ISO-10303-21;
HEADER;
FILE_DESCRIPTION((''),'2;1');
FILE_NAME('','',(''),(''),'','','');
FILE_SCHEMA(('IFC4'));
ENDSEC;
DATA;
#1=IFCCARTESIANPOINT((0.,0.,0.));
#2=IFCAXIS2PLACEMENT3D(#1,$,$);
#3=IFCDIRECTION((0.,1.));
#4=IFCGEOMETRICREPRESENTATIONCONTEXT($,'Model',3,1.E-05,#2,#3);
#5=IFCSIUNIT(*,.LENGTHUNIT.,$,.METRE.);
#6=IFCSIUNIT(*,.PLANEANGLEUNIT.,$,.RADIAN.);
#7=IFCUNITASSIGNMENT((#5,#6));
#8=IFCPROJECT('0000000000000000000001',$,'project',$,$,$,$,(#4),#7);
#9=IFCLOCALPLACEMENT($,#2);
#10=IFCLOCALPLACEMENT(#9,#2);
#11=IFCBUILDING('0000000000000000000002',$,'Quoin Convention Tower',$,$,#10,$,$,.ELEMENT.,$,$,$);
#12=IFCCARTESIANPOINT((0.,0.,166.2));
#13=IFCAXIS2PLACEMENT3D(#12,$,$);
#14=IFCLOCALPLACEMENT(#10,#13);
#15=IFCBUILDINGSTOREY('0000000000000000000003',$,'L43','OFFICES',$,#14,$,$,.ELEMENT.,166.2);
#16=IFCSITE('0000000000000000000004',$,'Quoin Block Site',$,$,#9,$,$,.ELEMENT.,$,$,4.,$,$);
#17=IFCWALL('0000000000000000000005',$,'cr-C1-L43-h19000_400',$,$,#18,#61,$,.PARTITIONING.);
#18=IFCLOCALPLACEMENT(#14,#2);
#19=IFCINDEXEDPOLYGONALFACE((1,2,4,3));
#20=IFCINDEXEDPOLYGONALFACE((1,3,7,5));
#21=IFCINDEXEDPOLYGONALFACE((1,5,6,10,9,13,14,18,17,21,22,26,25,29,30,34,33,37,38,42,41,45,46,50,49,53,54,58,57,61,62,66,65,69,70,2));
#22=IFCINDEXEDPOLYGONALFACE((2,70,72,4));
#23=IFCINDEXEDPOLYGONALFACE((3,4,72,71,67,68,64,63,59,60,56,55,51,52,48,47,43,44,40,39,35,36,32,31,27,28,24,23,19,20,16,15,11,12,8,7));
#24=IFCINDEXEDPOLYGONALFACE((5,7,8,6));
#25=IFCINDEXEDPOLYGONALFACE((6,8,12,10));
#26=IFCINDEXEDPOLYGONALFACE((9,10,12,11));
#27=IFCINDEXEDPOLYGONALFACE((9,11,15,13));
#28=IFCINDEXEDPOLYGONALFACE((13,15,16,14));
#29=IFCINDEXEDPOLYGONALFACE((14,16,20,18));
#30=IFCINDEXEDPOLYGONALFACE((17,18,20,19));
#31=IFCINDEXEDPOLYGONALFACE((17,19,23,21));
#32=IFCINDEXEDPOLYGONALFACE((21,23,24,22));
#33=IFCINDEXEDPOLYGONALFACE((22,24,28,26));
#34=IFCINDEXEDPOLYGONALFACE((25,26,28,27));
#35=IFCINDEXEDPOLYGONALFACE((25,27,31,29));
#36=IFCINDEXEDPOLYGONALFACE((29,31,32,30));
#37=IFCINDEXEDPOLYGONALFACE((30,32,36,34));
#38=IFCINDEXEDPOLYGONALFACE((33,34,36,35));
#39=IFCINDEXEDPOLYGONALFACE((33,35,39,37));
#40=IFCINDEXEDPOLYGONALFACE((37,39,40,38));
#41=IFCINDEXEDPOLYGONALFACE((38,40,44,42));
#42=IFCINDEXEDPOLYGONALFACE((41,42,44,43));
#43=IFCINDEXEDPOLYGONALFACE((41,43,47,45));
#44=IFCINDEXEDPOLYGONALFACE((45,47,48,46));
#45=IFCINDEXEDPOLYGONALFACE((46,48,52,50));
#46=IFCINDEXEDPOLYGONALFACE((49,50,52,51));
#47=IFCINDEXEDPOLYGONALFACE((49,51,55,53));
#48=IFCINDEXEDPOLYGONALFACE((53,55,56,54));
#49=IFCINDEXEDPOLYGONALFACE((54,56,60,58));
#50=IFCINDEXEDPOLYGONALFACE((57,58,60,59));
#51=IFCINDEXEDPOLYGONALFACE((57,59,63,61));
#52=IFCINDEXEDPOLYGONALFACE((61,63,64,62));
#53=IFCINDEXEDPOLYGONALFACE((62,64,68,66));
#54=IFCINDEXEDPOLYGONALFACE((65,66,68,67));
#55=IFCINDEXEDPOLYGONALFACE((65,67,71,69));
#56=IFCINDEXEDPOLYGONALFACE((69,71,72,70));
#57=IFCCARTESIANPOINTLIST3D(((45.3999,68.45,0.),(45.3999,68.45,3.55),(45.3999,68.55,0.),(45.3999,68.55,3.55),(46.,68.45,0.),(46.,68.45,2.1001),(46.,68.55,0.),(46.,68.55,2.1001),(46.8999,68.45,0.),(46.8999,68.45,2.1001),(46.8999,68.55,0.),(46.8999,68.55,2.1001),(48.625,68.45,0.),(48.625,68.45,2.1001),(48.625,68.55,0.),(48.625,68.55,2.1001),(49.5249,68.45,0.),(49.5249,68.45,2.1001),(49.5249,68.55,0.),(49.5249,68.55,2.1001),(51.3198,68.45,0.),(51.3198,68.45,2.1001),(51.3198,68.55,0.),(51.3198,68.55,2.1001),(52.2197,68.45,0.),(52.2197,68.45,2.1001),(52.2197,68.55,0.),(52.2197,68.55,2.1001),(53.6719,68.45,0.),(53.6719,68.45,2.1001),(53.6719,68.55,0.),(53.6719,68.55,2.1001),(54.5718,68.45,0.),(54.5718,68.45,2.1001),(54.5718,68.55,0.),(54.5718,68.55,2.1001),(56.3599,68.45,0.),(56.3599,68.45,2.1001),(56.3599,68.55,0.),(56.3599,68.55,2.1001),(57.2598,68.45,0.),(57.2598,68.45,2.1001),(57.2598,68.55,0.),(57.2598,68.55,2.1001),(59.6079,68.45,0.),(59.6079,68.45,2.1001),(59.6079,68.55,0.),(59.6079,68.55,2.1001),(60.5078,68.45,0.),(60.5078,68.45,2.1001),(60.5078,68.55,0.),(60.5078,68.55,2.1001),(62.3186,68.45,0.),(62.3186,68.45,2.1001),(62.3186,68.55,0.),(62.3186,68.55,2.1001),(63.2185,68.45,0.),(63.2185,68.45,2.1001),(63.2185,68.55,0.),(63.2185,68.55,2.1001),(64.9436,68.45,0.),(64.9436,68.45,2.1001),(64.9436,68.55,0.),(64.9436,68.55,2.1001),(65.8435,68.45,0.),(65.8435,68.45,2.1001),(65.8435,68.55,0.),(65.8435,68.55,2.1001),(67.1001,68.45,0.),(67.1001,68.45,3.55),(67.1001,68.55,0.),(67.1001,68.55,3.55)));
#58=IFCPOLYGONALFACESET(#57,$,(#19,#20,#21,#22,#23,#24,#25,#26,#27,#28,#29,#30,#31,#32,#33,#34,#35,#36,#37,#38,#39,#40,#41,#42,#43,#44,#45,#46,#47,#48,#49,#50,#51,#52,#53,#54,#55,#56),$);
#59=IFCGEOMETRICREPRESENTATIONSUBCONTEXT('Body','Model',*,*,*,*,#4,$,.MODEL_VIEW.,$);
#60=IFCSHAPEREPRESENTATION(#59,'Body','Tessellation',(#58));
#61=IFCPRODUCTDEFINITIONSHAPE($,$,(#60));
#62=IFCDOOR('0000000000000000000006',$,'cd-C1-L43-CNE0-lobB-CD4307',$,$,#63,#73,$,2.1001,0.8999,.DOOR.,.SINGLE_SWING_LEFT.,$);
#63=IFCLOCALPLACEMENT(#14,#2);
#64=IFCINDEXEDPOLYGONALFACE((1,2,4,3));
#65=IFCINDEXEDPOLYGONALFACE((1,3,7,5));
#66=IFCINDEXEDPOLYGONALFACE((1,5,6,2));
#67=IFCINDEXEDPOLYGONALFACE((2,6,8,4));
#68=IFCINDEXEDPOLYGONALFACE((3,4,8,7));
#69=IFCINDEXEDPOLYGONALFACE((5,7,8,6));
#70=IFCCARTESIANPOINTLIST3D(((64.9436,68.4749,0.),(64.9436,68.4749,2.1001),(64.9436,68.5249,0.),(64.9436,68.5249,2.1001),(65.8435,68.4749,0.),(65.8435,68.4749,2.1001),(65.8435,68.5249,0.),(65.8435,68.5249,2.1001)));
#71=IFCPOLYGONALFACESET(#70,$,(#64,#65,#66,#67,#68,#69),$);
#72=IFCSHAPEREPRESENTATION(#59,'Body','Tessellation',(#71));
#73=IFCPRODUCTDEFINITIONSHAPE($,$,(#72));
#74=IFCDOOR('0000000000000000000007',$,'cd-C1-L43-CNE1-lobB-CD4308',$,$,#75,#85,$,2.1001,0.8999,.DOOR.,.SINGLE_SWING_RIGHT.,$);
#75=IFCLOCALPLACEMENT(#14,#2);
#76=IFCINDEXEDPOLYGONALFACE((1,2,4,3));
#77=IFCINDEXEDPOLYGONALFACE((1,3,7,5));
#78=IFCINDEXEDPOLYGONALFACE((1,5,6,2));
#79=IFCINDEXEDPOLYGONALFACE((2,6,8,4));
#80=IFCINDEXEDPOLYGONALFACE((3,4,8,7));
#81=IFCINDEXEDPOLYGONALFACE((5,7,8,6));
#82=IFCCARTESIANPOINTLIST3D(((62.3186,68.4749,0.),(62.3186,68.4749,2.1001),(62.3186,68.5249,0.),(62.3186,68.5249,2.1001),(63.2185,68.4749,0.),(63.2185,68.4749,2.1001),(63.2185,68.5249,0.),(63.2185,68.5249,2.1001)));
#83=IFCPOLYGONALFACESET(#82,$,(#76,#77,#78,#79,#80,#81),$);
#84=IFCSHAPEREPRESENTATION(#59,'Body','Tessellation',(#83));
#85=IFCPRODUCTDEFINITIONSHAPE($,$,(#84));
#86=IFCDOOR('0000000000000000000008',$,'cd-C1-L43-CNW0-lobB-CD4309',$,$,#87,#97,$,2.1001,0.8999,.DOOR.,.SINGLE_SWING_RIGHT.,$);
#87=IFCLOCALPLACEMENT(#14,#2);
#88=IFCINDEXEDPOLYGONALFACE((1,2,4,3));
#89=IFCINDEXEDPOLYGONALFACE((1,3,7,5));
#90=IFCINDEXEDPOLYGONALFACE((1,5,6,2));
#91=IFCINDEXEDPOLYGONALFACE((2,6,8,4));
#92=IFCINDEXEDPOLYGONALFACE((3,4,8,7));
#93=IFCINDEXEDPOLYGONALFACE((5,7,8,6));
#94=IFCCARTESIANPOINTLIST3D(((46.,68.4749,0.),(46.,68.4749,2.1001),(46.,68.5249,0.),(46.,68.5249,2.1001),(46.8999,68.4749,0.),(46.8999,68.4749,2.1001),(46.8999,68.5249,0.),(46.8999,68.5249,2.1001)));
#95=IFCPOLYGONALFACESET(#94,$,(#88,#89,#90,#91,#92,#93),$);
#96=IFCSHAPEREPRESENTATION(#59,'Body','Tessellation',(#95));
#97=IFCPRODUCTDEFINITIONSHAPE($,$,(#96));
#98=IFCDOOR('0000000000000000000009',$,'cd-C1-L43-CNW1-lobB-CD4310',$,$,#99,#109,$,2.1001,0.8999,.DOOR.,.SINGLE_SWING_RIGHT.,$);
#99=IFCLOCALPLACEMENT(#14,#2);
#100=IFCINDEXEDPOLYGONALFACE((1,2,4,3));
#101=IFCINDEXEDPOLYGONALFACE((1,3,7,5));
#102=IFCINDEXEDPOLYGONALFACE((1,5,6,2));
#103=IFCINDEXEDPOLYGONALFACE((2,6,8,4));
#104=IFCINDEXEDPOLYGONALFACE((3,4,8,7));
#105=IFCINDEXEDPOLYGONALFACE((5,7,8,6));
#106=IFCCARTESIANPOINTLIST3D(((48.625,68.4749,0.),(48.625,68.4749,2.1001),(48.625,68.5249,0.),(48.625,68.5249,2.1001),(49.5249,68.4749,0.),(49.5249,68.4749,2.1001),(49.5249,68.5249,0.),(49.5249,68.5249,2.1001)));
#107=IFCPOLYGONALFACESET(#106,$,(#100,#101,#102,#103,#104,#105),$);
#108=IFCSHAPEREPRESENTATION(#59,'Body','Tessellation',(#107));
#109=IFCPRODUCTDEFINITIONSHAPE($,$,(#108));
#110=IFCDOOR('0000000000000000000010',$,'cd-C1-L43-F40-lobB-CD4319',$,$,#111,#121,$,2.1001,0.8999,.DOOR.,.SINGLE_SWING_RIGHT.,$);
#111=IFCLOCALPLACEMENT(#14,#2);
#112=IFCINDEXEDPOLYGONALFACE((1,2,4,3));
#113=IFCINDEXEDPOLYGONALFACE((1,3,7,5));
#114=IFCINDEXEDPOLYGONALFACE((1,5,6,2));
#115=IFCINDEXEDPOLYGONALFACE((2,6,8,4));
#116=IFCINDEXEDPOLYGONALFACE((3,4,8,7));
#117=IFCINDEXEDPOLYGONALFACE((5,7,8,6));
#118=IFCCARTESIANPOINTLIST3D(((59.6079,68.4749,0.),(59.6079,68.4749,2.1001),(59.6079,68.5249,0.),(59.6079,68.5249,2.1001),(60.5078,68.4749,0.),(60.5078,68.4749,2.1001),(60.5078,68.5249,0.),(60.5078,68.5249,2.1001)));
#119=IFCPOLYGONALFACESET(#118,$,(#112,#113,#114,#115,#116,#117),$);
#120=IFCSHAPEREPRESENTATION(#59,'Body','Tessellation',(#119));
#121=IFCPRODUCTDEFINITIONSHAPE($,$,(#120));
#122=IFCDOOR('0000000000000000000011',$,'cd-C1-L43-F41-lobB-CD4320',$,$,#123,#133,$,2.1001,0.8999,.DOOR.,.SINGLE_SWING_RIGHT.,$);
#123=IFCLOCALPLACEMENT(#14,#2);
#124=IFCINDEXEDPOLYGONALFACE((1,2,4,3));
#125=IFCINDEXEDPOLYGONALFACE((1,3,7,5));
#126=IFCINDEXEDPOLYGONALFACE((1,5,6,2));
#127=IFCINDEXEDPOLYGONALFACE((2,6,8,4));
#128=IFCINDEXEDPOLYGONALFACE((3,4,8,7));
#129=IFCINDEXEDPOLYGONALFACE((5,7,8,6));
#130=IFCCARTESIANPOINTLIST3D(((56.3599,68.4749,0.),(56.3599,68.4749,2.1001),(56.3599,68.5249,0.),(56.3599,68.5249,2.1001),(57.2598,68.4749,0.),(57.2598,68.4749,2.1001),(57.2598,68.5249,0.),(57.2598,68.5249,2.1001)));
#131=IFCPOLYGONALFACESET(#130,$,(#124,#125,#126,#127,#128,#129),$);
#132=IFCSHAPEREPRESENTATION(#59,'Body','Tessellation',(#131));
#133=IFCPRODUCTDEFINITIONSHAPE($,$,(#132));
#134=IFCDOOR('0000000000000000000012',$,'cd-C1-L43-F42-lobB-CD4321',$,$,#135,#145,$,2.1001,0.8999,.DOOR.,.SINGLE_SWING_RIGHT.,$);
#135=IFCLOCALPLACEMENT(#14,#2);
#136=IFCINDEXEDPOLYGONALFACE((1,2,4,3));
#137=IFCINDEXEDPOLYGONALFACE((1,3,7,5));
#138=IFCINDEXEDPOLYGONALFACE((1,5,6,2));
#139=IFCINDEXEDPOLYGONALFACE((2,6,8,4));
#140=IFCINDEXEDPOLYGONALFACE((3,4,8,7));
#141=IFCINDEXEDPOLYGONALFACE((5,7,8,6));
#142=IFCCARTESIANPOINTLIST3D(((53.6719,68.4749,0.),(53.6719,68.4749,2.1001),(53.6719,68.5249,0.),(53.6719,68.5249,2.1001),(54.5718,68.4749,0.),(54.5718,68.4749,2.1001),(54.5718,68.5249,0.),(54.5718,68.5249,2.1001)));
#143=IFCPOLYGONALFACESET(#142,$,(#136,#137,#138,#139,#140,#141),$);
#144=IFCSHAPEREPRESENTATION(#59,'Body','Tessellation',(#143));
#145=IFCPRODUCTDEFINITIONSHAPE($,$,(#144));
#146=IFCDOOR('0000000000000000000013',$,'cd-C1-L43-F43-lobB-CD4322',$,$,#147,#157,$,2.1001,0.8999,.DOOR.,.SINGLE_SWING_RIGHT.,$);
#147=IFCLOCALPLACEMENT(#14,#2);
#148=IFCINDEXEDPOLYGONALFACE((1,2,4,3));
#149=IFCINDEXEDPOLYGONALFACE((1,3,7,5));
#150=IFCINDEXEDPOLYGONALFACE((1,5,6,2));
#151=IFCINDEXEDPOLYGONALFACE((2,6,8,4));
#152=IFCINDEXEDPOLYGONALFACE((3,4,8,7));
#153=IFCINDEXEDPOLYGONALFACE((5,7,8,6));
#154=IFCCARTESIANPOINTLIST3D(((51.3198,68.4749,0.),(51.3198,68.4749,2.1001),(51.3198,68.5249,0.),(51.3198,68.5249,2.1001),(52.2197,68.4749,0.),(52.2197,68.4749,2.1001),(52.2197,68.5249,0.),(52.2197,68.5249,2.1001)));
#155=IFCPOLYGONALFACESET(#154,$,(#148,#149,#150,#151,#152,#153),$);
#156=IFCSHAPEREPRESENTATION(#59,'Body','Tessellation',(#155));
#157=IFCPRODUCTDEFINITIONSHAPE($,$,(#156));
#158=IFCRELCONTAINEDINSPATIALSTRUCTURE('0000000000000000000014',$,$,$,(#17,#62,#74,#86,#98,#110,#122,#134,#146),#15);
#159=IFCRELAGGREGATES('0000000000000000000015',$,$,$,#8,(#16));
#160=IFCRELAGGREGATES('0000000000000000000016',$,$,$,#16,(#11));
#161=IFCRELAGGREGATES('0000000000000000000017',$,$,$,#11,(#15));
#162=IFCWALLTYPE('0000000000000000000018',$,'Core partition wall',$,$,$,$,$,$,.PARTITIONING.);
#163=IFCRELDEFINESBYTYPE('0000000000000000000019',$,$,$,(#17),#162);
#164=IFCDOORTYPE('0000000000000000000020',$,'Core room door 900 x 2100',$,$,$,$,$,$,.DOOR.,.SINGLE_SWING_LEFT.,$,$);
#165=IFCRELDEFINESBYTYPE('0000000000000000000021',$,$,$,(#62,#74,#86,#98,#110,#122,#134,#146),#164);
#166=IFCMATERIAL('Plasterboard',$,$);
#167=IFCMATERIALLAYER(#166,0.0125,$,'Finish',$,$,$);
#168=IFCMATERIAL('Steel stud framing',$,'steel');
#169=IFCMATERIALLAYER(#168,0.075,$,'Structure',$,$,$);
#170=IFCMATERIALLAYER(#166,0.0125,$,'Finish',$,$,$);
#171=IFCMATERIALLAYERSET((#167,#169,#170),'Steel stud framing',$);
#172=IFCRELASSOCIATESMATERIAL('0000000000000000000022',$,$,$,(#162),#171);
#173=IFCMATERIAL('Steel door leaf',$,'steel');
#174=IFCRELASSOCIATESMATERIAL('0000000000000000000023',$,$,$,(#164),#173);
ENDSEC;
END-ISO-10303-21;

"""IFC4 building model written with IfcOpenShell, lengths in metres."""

from ifc_helpers import new_model, si_unit, direction, frame, frame_2d, origin, place, context, subcontext, project, spatial, rectangle, extrude, material, layer, layer_set, type_object, element, fill, save


model = new_model("IFC4")

# Units and contexts
model_context = context("Model", 3, precision=1e-05, world=origin(), true_north=direction((0.0, 1.0)))
body_context = subcontext(model_context, "Body", "Model", "MODEL_VIEW")
ifc_project = project(units=[si_unit("LENGTHUNIT", "METRE"), si_unit("PLANEANGLEUNIT", "RADIAN")], contexts=[model_context])

# Site, building, storey
site_placement = place(None, origin())
site = spatial("IfcSite", under=ifc_project, at=site_placement, Name="Quoin Block Site", CompositionType="ELEMENT", RefElevation=4.0)
building_placement = place(site_placement, origin())
building = spatial("IfcBuilding", under=site, at=building_placement, Name="Quoin Convention Tower", CompositionType="ELEMENT")
storey_placement = place(building_placement, frame((0.0, 0.0, 166.2)))
storey = spatial("IfcBuildingStorey", under=building, at=storey_placement, Name="L43", Description="OFFICES", CompositionType="ELEMENT", Elevation=166.2)

# Wall, openings, doors
ifc_material_1 = material(Name="Plasterboard")
ifc_layer_1 = layer(ifc_material_1, 0.0125, Name="Finish")
ifc_material_2 = material(Name="Steel stud framing", Category="steel")
ifc_layer_2 = layer(ifc_material_2, 0.075, Name="Structure")
ifc_layer_3 = layer(ifc_material_1, 0.0125, Name="Finish")
ifc_layer_set_1 = layer_set([ifc_layer_1, ifc_layer_2, ifc_layer_3], Name="Steel stud framing")
wall_type_1 = type_object("IfcWallType", Name="Core partition wall", PredefinedType="PARTITIONING", material=ifc_layer_set_1)
wall_1_placement = place(storey_placement, frame((45.3999, 68.5, 0.0), z_axis=(0.0, 0.0, 1.0), x_axis=(1.0, 0.0, 0.0)))
wall_1 = element("IfcWall", 1, at=wall_1_placement, inside=storey, type_object=wall_type_1, Name="cr-C1-L43-h19000_400", PredefinedType="PARTITIONING", context=body_context, shape_type="SweptSolid", body=[
    extrude(rectangle(XDim=21.7002, YDim=0.1001, at=frame_2d((10.8501, 0.0))), origin(), (0.0, 0.0, 1.0), 3.55),
])
opening_1_placement = place(wall_1_placement, frame((19.5437, 0.0, 0.0)))
opening_1 = element("IfcOpeningElement", 2, at=opening_1_placement, cuts=wall_1, PredefinedType="OPENING", context=body_context, shape_type="SweptSolid", body=[
    extrude(rectangle(XDim=0.8999, YDim=2.1001, at=frame_2d((0.45, 1.05))), frame((0.0, 0.0601, 0.0), z_axis=(0.0, -1.0, 0.0), x_axis=(1.0, 0.0, 0.0)), (0.0, 0.0, 1.0), 0.1201),
])
opening_2_placement = place(wall_1_placement, frame((16.9187, 0.0, 0.0)))
opening_2 = element("IfcOpeningElement", 3, at=opening_2_placement, cuts=wall_1, PredefinedType="OPENING", context=body_context, shape_type="SweptSolid", body=[
    extrude(rectangle(XDim=0.8999, YDim=2.1001, at=frame_2d((0.45, 1.05))), frame((0.0, 0.0601, 0.0), z_axis=(0.0, -1.0, 0.0), x_axis=(1.0, 0.0, 0.0)), (0.0, 0.0, 1.0), 0.1201),
])
opening_3_placement = place(wall_1_placement, frame((0.6001, 0.0, 0.0)))
opening_3 = element("IfcOpeningElement", 4, at=opening_3_placement, cuts=wall_1, PredefinedType="OPENING", context=body_context, shape_type="SweptSolid", body=[
    extrude(rectangle(XDim=0.8999, YDim=2.1001, at=frame_2d((0.45, 1.05))), frame((0.0, 0.0601, 0.0), z_axis=(0.0, -1.0, 0.0), x_axis=(1.0, 0.0, 0.0)), (0.0, 0.0, 1.0), 0.1201),
])
opening_4_placement = place(wall_1_placement, frame((3.2251, 0.0, 0.0)))
opening_4 = element("IfcOpeningElement", 5, at=opening_4_placement, cuts=wall_1, PredefinedType="OPENING", context=body_context, shape_type="SweptSolid", body=[
    extrude(rectangle(XDim=0.8999, YDim=2.1001, at=frame_2d((0.45, 1.05))), frame((0.0, 0.0601, 0.0), z_axis=(0.0, -1.0, 0.0), x_axis=(1.0, 0.0, 0.0)), (0.0, 0.0, 1.0), 0.1201),
])
opening_5_placement = place(wall_1_placement, frame((14.208, 0.0, 0.0)))
opening_5 = element("IfcOpeningElement", 6, at=opening_5_placement, cuts=wall_1, PredefinedType="OPENING", context=body_context, shape_type="SweptSolid", body=[
    extrude(rectangle(XDim=0.8999, YDim=2.1001, at=frame_2d((0.45, 1.05))), frame((0.0, 0.0601, 0.0), z_axis=(0.0, -1.0, 0.0), x_axis=(1.0, 0.0, 0.0)), (0.0, 0.0, 1.0), 0.1201),
])
opening_6_placement = place(wall_1_placement, frame((10.96, 0.0, 0.0)))
opening_6 = element("IfcOpeningElement", 7, at=opening_6_placement, cuts=wall_1, PredefinedType="OPENING", context=body_context, shape_type="SweptSolid", body=[
    extrude(rectangle(XDim=0.8999, YDim=2.1001, at=frame_2d((0.45, 1.05))), frame((0.0, 0.0601, 0.0), z_axis=(0.0, -1.0, 0.0), x_axis=(1.0, 0.0, 0.0)), (0.0, 0.0, 1.0), 0.1201),
])
opening_7_placement = place(wall_1_placement, frame((8.272, 0.0, 0.0)))
opening_7 = element("IfcOpeningElement", 8, at=opening_7_placement, cuts=wall_1, PredefinedType="OPENING", context=body_context, shape_type="SweptSolid", body=[
    extrude(rectangle(XDim=0.8999, YDim=2.1001, at=frame_2d((0.45, 1.05))), frame((0.0, 0.0601, 0.0), z_axis=(0.0, -1.0, 0.0), x_axis=(1.0, 0.0, 0.0)), (0.0, 0.0, 1.0), 0.1201),
])
opening_8_placement = place(wall_1_placement, frame((5.9199, 0.0, 0.0)))
opening_8 = element("IfcOpeningElement", 9, at=opening_8_placement, cuts=wall_1, PredefinedType="OPENING", context=body_context, shape_type="SweptSolid", body=[
    extrude(rectangle(XDim=0.8999, YDim=2.1001, at=frame_2d((0.45, 1.05))), frame((0.0, 0.0601, 0.0), z_axis=(0.0, -1.0, 0.0), x_axis=(1.0, 0.0, 0.0)), (0.0, 0.0, 1.0), 0.1201),
])
ifc_material_3 = material(Name="Steel door leaf", Category="steel")
door_type_1 = type_object("IfcDoorType", Name="Core room door 900 x 2100", OperationType="SINGLE_SWING_LEFT", PredefinedType="DOOR", material=ifc_material_3)
door_1_placement = place(opening_1_placement, origin())
door_1 = element("IfcDoor", 10, at=door_1_placement, inside=storey, type_object=door_type_1, Name="cd-C1-L43-CNE0-lobB-CD4307", OperationType="SINGLE_SWING_LEFT", OverallHeight=2.1001, OverallWidth=0.8999, PredefinedType="DOOR", context=body_context, shape_type="SweptSolid", body=[
    extrude(rectangle(XDim=0.8999, YDim=2.1001, at=frame_2d((0.45, 1.05))), frame((0.0, 0.0249, 0.0), z_axis=(0.0, -1.0, 0.0), x_axis=(1.0, 0.0, 0.0)), (0.0, 0.0, 1.0), 0.05),
])
fill(opening_1, door_1)
door_2_placement = place(opening_2_placement, origin())
door_2 = element("IfcDoor", 11, at=door_2_placement, inside=storey, type_object=door_type_1, Name="cd-C1-L43-CNE1-lobB-CD4308", OperationType="SINGLE_SWING_RIGHT", OverallHeight=2.1001, OverallWidth=0.8999, PredefinedType="DOOR", context=body_context, shape_type="SweptSolid", body=[
    extrude(rectangle(XDim=0.8999, YDim=2.1001, at=frame_2d((0.45, 1.05))), frame((0.0, 0.0249, 0.0), z_axis=(0.0, -1.0, 0.0), x_axis=(1.0, 0.0, 0.0)), (0.0, 0.0, 1.0), 0.05),
])
fill(opening_2, door_2)
door_3_placement = place(opening_3_placement, origin())
door_3 = element("IfcDoor", 12, at=door_3_placement, inside=storey, type_object=door_type_1, Name="cd-C1-L43-CNW0-lobB-CD4309", OperationType="SINGLE_SWING_RIGHT", OverallHeight=2.1001, OverallWidth=0.8999, PredefinedType="DOOR", context=body_context, shape_type="SweptSolid", body=[
    extrude(rectangle(XDim=0.8999, YDim=2.1001, at=frame_2d((0.45, 1.05))), frame((0.0, 0.0249, 0.0), z_axis=(0.0, -1.0, 0.0), x_axis=(1.0, 0.0, 0.0)), (0.0, 0.0, 1.0), 0.05),
])
fill(opening_3, door_3)
door_4_placement = place(opening_4_placement, origin())
door_4 = element("IfcDoor", 13, at=door_4_placement, inside=storey, type_object=door_type_1, Name="cd-C1-L43-CNW1-lobB-CD4310", OperationType="SINGLE_SWING_RIGHT", OverallHeight=2.1001, OverallWidth=0.8999, PredefinedType="DOOR", context=body_context, shape_type="SweptSolid", body=[
    extrude(rectangle(XDim=0.8999, YDim=2.1001, at=frame_2d((0.45, 1.05))), frame((0.0, 0.0249, 0.0), z_axis=(0.0, -1.0, 0.0), x_axis=(1.0, 0.0, 0.0)), (0.0, 0.0, 1.0), 0.05),
])
fill(opening_4, door_4)
door_5_placement = place(opening_5_placement, origin())
door_5 = element("IfcDoor", 14, at=door_5_placement, inside=storey, type_object=door_type_1, Name="cd-C1-L43-F40-lobB-CD4319", OperationType="SINGLE_SWING_RIGHT", OverallHeight=2.1001, OverallWidth=0.8999, PredefinedType="DOOR", context=body_context, shape_type="SweptSolid", body=[
    extrude(rectangle(XDim=0.8999, YDim=2.1001, at=frame_2d((0.45, 1.05))), frame((0.0, 0.0249, 0.0), z_axis=(0.0, -1.0, 0.0), x_axis=(1.0, 0.0, 0.0)), (0.0, 0.0, 1.0), 0.05),
])
fill(opening_5, door_5)
door_6_placement = place(opening_6_placement, origin())
door_6 = element("IfcDoor", 15, at=door_6_placement, inside=storey, type_object=door_type_1, Name="cd-C1-L43-F41-lobB-CD4320", OperationType="SINGLE_SWING_RIGHT", OverallHeight=2.1001, OverallWidth=0.8999, PredefinedType="DOOR", context=body_context, shape_type="SweptSolid", body=[
    extrude(rectangle(XDim=0.8999, YDim=2.1001, at=frame_2d((0.45, 1.05))), frame((0.0, 0.0249, 0.0), z_axis=(0.0, -1.0, 0.0), x_axis=(1.0, 0.0, 0.0)), (0.0, 0.0, 1.0), 0.05),
])
fill(opening_6, door_6)
door_7_placement = place(opening_7_placement, origin())
door_7 = element("IfcDoor", 16, at=door_7_placement, inside=storey, type_object=door_type_1, Name="cd-C1-L43-F42-lobB-CD4321", OperationType="SINGLE_SWING_RIGHT", OverallHeight=2.1001, OverallWidth=0.8999, PredefinedType="DOOR", context=body_context, shape_type="SweptSolid", body=[
    extrude(rectangle(XDim=0.8999, YDim=2.1001, at=frame_2d((0.45, 1.05))), frame((0.0, 0.0249, 0.0), z_axis=(0.0, -1.0, 0.0), x_axis=(1.0, 0.0, 0.0)), (0.0, 0.0, 1.0), 0.05),
])
fill(opening_7, door_7)
door_8_placement = place(opening_8_placement, origin())
door_8 = element("IfcDoor", 17, at=door_8_placement, inside=storey, type_object=door_type_1, Name="cd-C1-L43-F43-lobB-CD4322", OperationType="SINGLE_SWING_RIGHT", OverallHeight=2.1001, OverallWidth=0.8999, PredefinedType="DOOR", context=body_context, shape_type="SweptSolid", body=[
    extrude(rectangle(XDim=0.8999, YDim=2.1001, at=frame_2d((0.45, 1.05))), frame((0.0, 0.0249, 0.0), z_axis=(0.0, -1.0, 0.0), x_axis=(1.0, 0.0, 0.0)), (0.0, 0.0, 1.0), 0.05),
])
fill(opening_8, door_8)

save(model, "model.ifc")
